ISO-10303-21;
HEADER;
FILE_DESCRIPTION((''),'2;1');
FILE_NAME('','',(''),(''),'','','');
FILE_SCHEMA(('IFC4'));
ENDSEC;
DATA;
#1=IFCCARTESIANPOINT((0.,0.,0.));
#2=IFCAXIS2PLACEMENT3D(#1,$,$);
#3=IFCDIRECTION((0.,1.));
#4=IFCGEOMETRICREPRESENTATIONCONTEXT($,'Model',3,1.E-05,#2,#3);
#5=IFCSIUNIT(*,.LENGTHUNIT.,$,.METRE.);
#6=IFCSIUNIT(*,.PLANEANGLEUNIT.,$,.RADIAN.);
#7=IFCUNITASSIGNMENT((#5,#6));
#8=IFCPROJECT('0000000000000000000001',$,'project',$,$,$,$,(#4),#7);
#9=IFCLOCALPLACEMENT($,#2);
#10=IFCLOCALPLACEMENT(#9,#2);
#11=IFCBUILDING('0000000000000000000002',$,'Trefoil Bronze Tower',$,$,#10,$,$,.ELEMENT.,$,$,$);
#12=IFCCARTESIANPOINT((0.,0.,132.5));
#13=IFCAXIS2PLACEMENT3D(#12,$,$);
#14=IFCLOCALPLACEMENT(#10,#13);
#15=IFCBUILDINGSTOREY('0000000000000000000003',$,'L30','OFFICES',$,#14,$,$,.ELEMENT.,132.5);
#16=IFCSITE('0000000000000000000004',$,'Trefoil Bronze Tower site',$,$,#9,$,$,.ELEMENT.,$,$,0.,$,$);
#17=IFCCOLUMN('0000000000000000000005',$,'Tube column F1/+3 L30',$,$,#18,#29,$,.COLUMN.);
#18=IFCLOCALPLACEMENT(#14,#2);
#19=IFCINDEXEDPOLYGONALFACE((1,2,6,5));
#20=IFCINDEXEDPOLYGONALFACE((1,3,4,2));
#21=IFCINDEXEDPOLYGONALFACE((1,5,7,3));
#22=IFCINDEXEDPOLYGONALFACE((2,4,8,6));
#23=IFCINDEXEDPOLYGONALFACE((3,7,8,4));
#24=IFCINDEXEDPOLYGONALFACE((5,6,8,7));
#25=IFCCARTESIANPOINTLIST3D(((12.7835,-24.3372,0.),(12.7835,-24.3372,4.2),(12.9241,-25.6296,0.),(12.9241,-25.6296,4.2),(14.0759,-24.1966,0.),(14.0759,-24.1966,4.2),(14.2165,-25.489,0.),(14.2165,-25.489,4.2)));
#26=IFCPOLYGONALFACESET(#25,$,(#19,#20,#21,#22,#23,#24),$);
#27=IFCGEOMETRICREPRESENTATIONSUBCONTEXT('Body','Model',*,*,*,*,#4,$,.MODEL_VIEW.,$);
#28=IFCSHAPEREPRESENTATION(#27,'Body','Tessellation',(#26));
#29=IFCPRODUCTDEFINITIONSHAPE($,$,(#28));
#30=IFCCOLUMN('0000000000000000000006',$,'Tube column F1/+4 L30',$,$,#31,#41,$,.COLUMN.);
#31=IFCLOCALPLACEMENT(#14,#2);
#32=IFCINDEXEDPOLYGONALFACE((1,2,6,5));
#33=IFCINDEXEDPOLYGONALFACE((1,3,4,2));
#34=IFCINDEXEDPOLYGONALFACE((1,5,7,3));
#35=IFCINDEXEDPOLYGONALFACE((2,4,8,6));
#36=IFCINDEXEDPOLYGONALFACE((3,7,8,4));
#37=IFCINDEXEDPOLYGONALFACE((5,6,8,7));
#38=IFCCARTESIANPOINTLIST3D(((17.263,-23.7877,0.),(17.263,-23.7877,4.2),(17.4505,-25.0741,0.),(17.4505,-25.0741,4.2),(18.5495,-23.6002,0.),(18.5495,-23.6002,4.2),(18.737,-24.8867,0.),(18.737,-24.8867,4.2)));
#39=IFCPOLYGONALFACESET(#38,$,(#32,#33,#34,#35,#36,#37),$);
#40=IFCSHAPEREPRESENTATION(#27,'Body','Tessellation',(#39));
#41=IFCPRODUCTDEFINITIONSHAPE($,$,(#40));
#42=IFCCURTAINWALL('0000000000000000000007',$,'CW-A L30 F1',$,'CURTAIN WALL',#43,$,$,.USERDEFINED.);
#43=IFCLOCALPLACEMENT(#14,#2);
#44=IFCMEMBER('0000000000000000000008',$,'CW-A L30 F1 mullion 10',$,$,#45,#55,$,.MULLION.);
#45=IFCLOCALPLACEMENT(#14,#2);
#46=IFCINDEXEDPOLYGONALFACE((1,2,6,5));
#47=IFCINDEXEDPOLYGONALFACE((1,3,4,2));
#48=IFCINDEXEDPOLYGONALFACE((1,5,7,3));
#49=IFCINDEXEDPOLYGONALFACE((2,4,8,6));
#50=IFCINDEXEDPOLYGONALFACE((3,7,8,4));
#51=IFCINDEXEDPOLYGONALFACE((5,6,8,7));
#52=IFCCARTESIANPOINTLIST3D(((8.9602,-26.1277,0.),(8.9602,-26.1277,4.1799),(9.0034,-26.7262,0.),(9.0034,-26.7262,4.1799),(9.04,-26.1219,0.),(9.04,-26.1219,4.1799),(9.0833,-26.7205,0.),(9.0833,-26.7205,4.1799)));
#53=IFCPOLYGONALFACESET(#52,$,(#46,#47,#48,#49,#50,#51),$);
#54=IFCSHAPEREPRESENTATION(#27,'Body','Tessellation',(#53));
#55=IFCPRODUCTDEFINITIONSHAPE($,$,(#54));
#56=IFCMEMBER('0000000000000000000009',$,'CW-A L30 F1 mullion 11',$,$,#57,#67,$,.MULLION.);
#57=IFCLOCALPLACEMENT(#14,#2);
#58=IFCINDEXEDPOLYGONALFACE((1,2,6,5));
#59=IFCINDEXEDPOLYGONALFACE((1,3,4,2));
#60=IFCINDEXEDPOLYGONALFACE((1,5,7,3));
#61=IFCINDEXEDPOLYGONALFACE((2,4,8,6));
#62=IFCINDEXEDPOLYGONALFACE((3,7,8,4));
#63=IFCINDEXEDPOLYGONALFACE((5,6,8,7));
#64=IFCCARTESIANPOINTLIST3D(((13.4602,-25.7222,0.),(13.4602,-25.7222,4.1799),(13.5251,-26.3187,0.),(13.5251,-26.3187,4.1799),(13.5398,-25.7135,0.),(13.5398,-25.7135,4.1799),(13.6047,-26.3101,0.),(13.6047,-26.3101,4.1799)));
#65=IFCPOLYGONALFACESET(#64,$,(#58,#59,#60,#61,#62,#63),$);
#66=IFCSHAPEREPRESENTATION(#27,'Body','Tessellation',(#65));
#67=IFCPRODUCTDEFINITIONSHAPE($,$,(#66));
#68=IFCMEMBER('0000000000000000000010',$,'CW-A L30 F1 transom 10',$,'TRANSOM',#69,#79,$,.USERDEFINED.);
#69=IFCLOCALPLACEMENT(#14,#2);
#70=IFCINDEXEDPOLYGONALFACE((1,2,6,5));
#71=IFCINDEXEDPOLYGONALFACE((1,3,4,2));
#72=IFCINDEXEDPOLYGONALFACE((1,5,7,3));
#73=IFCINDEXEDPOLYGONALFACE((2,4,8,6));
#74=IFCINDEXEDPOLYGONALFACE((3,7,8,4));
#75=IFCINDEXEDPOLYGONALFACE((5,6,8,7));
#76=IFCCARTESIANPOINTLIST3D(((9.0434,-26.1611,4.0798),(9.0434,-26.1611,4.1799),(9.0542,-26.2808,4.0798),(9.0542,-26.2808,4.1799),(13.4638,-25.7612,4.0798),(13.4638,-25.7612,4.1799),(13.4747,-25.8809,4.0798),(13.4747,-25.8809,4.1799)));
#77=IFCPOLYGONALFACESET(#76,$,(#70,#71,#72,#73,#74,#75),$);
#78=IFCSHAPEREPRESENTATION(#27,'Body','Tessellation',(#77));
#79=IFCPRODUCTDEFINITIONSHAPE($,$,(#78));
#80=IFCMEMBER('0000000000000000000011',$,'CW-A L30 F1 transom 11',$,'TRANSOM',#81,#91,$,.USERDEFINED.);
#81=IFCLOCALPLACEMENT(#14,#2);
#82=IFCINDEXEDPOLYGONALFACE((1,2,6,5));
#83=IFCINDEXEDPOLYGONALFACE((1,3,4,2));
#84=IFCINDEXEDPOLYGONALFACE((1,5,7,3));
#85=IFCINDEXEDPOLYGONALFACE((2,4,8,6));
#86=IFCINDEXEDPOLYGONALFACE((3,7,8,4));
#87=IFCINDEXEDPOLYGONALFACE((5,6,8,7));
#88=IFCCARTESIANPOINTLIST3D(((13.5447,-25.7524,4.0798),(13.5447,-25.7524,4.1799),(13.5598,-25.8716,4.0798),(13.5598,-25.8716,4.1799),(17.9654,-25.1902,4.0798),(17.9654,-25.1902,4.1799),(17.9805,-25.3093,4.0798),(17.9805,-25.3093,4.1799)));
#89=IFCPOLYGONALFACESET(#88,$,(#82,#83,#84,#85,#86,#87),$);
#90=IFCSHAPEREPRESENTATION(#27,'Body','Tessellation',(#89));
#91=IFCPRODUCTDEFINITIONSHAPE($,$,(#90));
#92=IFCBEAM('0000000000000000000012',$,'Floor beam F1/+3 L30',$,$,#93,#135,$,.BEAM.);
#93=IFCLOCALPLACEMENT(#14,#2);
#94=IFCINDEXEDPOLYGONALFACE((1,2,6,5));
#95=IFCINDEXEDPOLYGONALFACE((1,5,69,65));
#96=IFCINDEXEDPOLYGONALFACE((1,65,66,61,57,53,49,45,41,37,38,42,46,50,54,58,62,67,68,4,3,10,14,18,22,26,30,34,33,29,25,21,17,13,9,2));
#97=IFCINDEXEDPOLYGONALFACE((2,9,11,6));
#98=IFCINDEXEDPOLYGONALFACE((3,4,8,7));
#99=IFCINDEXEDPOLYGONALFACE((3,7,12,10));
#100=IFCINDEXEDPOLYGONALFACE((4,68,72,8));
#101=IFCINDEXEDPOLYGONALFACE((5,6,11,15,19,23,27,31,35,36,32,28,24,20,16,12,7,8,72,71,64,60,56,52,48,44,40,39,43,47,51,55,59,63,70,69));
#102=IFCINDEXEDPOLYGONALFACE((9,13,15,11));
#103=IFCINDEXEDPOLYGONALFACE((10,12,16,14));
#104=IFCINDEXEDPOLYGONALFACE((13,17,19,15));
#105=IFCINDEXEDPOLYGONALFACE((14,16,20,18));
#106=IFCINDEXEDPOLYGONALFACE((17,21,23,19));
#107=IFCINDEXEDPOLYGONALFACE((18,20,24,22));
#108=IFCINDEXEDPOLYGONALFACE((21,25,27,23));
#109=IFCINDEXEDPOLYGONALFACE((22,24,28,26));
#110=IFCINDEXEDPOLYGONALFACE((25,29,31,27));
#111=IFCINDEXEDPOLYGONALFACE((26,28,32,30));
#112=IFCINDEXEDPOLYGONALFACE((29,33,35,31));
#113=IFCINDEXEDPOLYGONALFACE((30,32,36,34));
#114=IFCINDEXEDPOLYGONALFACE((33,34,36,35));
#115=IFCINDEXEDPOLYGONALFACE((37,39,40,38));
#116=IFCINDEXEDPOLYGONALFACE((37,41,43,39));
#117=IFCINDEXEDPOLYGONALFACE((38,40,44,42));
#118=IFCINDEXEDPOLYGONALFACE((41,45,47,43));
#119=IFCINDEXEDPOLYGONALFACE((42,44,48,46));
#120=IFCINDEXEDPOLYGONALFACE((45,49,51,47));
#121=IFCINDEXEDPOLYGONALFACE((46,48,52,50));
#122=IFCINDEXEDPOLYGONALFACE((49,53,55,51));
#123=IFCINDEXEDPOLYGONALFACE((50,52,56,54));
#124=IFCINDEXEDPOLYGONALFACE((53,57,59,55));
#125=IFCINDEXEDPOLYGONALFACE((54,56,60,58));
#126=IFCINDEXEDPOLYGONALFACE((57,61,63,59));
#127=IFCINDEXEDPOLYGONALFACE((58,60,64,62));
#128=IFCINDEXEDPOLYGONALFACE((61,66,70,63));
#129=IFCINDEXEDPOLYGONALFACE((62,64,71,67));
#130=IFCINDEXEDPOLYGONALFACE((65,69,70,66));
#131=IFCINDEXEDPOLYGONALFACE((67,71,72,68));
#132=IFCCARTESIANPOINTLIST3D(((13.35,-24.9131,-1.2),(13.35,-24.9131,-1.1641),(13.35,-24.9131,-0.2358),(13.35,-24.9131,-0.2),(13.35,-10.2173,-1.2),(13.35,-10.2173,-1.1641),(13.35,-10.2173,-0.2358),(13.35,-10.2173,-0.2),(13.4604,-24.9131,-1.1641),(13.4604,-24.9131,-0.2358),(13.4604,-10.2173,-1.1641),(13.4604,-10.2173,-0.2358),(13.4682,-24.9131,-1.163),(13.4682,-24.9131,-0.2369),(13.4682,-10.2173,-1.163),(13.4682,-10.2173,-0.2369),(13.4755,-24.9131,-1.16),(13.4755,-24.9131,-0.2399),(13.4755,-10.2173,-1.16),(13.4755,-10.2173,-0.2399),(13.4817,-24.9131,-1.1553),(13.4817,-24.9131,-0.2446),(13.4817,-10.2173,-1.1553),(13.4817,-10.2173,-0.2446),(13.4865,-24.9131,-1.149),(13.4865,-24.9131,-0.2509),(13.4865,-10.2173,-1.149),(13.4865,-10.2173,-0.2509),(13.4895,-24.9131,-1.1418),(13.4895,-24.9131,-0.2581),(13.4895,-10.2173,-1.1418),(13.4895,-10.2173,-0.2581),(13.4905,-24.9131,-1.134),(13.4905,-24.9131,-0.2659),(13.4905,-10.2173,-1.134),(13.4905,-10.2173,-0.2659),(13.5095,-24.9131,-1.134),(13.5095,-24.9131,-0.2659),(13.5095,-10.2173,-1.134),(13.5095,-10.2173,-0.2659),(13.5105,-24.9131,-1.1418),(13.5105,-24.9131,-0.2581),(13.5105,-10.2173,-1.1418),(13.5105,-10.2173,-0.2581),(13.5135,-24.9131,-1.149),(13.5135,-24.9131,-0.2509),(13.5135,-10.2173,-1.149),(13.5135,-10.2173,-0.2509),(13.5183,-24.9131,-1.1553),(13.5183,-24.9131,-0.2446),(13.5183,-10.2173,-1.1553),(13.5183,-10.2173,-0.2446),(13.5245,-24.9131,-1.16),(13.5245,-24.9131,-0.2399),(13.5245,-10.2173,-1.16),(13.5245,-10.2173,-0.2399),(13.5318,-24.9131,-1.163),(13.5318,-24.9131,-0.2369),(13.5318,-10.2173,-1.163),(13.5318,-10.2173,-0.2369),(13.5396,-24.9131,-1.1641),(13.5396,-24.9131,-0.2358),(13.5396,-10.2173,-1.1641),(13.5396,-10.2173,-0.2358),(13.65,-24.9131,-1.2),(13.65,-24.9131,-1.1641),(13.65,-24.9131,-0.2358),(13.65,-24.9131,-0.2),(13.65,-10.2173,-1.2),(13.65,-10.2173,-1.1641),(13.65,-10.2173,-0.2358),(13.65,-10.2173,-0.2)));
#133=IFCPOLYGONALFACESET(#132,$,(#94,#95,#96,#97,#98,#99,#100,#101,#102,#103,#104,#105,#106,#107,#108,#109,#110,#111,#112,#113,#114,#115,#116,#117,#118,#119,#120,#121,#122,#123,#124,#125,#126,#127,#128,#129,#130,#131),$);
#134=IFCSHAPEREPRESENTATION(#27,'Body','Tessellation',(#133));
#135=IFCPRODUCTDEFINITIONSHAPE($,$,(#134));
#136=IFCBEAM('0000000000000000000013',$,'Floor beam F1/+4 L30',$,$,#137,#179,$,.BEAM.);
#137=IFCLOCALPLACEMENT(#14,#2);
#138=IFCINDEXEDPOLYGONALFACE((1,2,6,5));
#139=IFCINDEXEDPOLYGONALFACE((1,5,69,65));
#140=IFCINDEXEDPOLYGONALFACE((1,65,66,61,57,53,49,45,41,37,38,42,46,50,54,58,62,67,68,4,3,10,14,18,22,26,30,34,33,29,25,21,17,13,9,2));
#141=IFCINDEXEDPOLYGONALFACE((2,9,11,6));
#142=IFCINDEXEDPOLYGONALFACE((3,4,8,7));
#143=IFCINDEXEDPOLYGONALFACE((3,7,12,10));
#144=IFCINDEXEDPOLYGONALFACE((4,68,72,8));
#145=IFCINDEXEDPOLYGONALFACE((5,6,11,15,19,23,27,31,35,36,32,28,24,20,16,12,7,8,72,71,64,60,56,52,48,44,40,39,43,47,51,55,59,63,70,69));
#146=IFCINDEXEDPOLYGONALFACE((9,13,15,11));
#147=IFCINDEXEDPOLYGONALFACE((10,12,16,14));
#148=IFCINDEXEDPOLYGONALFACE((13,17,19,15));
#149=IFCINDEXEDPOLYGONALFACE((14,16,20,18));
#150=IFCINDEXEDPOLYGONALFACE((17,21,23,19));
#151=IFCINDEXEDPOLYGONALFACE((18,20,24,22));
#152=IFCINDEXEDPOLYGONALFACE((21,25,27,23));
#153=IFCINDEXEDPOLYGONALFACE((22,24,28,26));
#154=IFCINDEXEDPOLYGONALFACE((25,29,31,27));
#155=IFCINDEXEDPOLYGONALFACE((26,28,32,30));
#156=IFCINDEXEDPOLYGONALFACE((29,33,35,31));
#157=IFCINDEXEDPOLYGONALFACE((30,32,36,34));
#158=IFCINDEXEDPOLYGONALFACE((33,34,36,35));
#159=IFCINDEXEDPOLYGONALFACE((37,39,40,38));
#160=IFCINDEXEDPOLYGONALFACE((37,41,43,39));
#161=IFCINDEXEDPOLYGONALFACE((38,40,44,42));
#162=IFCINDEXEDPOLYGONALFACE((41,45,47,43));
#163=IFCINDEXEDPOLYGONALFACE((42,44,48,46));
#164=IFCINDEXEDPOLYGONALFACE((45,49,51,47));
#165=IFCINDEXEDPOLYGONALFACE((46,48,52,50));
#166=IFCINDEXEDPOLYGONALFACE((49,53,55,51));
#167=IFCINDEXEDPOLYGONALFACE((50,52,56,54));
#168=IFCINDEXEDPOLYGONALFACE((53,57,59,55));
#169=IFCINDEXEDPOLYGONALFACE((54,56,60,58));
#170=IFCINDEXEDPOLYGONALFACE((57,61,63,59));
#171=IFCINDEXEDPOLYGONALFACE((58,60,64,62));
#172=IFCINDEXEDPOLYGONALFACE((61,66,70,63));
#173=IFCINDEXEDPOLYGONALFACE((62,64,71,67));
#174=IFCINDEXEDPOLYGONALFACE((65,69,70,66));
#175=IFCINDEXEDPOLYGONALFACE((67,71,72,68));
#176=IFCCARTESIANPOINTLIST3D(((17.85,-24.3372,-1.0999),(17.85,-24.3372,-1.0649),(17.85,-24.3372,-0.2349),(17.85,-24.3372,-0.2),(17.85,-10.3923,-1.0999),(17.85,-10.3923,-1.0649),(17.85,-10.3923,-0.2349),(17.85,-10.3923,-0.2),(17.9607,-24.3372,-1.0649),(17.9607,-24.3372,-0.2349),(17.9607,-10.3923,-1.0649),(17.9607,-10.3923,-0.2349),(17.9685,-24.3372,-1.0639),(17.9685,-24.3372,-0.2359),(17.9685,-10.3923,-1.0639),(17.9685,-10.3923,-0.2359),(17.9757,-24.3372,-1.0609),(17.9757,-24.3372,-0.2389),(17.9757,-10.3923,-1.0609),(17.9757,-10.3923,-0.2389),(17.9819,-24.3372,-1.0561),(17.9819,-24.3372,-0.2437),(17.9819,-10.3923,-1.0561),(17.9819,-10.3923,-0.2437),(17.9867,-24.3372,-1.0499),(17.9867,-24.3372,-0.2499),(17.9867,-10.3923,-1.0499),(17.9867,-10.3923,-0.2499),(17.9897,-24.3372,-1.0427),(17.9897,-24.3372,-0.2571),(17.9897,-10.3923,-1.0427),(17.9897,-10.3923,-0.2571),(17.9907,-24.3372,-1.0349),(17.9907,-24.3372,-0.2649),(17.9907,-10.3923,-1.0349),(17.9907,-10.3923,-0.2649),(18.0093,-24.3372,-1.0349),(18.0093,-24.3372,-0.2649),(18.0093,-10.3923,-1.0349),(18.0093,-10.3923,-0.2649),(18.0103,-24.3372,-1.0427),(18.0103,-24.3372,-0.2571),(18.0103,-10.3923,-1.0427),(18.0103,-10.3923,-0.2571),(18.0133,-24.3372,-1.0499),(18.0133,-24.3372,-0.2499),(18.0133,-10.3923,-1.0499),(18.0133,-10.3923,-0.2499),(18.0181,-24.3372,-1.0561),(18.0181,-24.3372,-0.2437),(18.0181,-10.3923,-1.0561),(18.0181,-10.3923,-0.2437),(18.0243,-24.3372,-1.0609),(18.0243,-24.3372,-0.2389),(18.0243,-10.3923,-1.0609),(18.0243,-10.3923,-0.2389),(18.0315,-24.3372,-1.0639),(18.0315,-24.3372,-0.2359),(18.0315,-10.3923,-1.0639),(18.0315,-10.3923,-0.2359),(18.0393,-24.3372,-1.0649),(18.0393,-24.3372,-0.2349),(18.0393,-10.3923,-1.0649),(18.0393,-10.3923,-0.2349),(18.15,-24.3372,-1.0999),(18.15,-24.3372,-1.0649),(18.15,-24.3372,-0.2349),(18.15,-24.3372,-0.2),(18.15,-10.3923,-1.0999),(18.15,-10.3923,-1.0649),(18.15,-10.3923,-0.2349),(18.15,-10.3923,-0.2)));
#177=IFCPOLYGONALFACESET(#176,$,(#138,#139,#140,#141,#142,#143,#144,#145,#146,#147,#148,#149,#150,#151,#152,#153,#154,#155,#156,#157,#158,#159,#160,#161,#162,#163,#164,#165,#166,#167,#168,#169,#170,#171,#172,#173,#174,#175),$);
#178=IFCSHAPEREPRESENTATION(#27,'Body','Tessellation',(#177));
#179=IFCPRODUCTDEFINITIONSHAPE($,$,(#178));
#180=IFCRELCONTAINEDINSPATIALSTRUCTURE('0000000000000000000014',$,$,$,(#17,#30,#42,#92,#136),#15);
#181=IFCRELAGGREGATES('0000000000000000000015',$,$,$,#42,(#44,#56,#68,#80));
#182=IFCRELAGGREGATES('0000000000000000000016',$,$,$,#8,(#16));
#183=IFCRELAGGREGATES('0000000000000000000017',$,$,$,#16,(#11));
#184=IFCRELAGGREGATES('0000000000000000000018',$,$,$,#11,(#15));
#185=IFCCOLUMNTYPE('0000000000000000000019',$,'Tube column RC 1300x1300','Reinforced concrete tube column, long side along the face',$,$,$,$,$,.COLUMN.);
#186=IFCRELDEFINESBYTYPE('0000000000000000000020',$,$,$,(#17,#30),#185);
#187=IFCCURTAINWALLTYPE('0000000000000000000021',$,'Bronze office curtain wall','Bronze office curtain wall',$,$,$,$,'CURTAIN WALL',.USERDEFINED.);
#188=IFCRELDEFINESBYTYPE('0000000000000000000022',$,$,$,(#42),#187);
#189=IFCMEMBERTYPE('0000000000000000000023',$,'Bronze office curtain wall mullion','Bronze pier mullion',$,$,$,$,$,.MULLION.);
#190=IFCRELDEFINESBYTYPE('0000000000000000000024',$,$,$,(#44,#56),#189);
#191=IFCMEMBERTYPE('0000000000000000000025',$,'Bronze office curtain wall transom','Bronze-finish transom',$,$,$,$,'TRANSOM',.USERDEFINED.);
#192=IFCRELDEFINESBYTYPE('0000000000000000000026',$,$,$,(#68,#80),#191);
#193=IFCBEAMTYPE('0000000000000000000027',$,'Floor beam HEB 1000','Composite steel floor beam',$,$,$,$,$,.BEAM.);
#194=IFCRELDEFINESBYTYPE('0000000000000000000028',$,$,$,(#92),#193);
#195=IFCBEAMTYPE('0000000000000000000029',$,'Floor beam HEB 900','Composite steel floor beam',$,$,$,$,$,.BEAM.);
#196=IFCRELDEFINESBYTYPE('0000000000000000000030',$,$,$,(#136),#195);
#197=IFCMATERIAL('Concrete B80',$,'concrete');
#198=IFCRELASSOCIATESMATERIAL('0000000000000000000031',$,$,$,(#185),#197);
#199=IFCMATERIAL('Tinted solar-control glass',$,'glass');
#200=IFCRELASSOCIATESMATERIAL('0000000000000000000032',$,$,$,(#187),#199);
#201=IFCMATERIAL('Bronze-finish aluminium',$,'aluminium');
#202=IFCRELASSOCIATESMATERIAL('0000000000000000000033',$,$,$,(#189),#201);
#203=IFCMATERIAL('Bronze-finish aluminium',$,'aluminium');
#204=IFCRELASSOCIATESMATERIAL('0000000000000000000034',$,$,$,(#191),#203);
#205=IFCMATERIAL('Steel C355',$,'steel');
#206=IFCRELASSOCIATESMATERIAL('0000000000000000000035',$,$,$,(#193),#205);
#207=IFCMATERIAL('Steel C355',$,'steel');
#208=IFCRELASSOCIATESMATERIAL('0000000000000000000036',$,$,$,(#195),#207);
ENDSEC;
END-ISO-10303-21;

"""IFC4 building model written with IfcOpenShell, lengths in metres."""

from ifc_helpers import new_model, si_unit, direction, frame, origin, origin_2d, place, context, subcontext, project, spatial, rectangle, i_section, extrude, material, material_profile, profile_set, type_object, element, aggregate, save


model = new_model("IFC4")

# Units and contexts
model_context = context("Model", 3, precision=1e-05, world=origin(), true_north=direction((0.0, 1.0)))
body_context = subcontext(model_context, "Body", "Model", "MODEL_VIEW")
ifc_project = project(units=[si_unit("LENGTHUNIT", "METRE"), si_unit("PLANEANGLEUNIT", "RADIAN")], contexts=[model_context])

# Site, building, storey
site_placement = place(None, origin())
site = spatial("IfcSite", under=ifc_project, at=site_placement, Name="Trefoil Bronze Tower site", CompositionType="ELEMENT", RefElevation=0.0)
building_placement = place(site_placement, origin())
building = spatial("IfcBuilding", under=site, at=building_placement, Name="Trefoil Bronze Tower", CompositionType="ELEMENT")
storey_placement = place(building_placement, frame((0.0, 0.0, 132.5)))
storey = spatial("IfcBuildingStorey", under=building, at=storey_placement, Name="L30", Description="OFFICES", CompositionType="ELEMENT", Elevation=132.5)

# Columns
ifc_material_1 = material(Name="Concrete B80", Category="concrete")
ifc_material_profile_1 = material_profile(ifc_material_1, rectangle(XDim=1.3, YDim=1.3, at=origin_2d()), Name="RC 1300x1300")
ifc_profile_set_1 = profile_set([ifc_material_profile_1], Name="Concrete B80")
column_type = type_object("IfcColumnType", Name="Tube column RC 1300x1300", Description="Reinforced concrete tube column, long side along the face", PredefinedType="COLUMN", material=ifc_profile_set_1)
for number, where, z_axis, x_axis, name in (
    (1, (13.5, -24.9131, 0.0), (0.0, 0.0, 1.0), (0.994135, 0.108144, 0.0), "Tube column F1/+3 L30"),
    (2, (18.0, -24.3372, 0.0), (0.0, 0.0, 1.0), (0.98955, 0.144192, 0.0), "Tube column F1/+4 L30"),
):
    element("IfcColumn", number, at=place(storey_placement, frame(where, z_axis=z_axis, x_axis=x_axis)), inside=storey, type_object=column_type, Name=name, PredefinedType="COLUMN", context=body_context, shape_type="SweptSolid", body=[
        extrude(rectangle(XDim=1.3, YDim=1.3, at=origin_2d()), origin(), (0.0, 0.0, 1.0), 4.2),
    ])

# Curtain wall, members
ifc_material_2 = material(Name="Tinted solar-control glass", Category="glass")
curtain_wall_type = type_object("IfcCurtainWallType", Name="Bronze office curtain wall", Description="Bronze office curtain wall", ElementType="CURTAIN WALL", PredefinedType="USERDEFINED", material=ifc_material_2)
curtain_wall_placement = place(storey_placement, origin())
curtain_wall = element("IfcCurtainWall", 3, at=curtain_wall_placement, inside=storey, type_object=curtain_wall_type, Name="CW-A L30 F1", ObjectType="CURTAIN WALL", PredefinedType="USERDEFINED")
ifc_material_3 = material(Name="Bronze-finish aluminium", Category="aluminium")
ifc_material_profile_2 = material_profile(ifc_material_3, rectangle(XDim=0.6001, YDim=0.0801, at=origin_2d()), Name="CW-A mullion")
ifc_profile_set_2 = profile_set([ifc_material_profile_2], Name="Bronze-finish aluminium")
member_type_1 = type_object("IfcMemberType", Name="Bronze office curtain wall mullion", Description="Bronze pier mullion", PredefinedType="MULLION", material=ifc_profile_set_2)
member_1_placement = place(storey_placement, frame((9.0217, -26.4241, 0.0), z_axis=(0.0, 0.0, 1.0), x_axis=(-0.072096, 0.997398, 0.0)))
member_1 = element("IfcMember", 4, at=member_1_placement, type_object=member_type_1, Name="CW-A L30 F1 mullion 10", PredefinedType="MULLION", context=body_context, shape_type="SweptSolid", body=[
    extrude(rectangle(XDim=0.6001, YDim=0.0801, at=origin_2d()), origin(), (0.0, 0.0, 1.0), 4.1799),
])
member_2_placement = place(storey_placement, frame((13.5325, -26.0161, 0.0), z_axis=(0.0, 0.0, 1.0), x_axis=(-0.108144, 0.994135, 0.0)))
member_2 = element("IfcMember", 5, at=member_2_placement, type_object=member_type_1, Name="CW-A L30 F1 mullion 11", PredefinedType="MULLION", context=body_context, shape_type="SweptSolid", body=[
    extrude(rectangle(XDim=0.6001, YDim=0.0801, at=origin_2d()), origin(), (0.0, 0.0, 1.0), 4.1799),
])
ifc_material_4 = material(Name="Bronze-finish aluminium", Category="aluminium")
ifc_material_profile_3 = material_profile(ifc_material_4, rectangle(XDim=0.1201, YDim=0.1001, at=origin_2d()), Name="CW-A transom")
ifc_profile_set_3 = profile_set([ifc_material_profile_3], Name="Bronze-finish aluminium")
member_type_2 = type_object("IfcMemberType", Name="Bronze office curtain wall transom", Description="Bronze-finish transom", ElementType="TRANSOM", PredefinedType="USERDEFINED", material=ifc_profile_set_3)
member_3_placement = place(storey_placement, frame((9.0488, -26.2209, 4.1299), z_axis=(0.995933, 0.090099, 0.0), x_axis=(-0.090099, 0.995933, 0.0)))
member_3 = element("IfcMember", 6, at=member_3_placement, type_object=member_type_2, Name="CW-A L30 F1 transom 10", ObjectType="TRANSOM", PredefinedType="USERDEFINED", context=body_context, shape_type="SweptSolid", body=[
    extrude(rectangle(XDim=0.1201, YDim=0.1001, at=origin_2d()), origin(), (0.0, 0.0, 1.0), 4.4385),
])
member_4_placement = place(storey_placement, frame((13.5522, -25.812, 4.1299), z_axis=(0.992008, 0.126172, 0.0), x_axis=(-0.126172, 0.992008, 0.0)))
member_4 = element("IfcMember", 7, at=member_4_placement, type_object=member_type_2, Name="CW-A L30 F1 transom 11", ObjectType="TRANSOM", PredefinedType="USERDEFINED", context=body_context, shape_type="SweptSolid", body=[
    extrude(rectangle(XDim=0.1201, YDim=0.1001, at=origin_2d()), origin(), (0.0, 0.0, 1.0), 4.4563),
])

# Beams
ifc_material_5 = material(Name="Steel C355", Category="steel")
ifc_material_profile_4 = material_profile(ifc_material_5, i_section(OverallWidth=0.3, OverallDepth=1.0, WebThickness=0.019, FlangeThickness=0.0359, FilletRadius=0.03, at=origin_2d()), Name="HEB 1000")
ifc_profile_set_4 = profile_set([ifc_material_profile_4], Name="Steel C355")
beam_type_1 = type_object("IfcBeamType", Name="Floor beam HEB 1000", Description="Composite steel floor beam", PredefinedType="BEAM", material=ifc_profile_set_4)
beam_1_placement = place(storey_placement, frame((13.5, -24.9131, -0.7), z_axis=(0.0, 1.0, 0.0), x_axis=(-1.0, 0.0, 0.0)))
element("IfcBeam", 8, at=beam_1_placement, inside=storey, type_object=beam_type_1, Name="Floor beam F1/+3 L30", PredefinedType="BEAM", context=body_context, shape_type="SweptSolid", body=[
    extrude(i_section(OverallWidth=0.3, OverallDepth=1.0, WebThickness=0.019, FlangeThickness=0.0359, FilletRadius=0.03, at=origin_2d()), origin(), (0.0, 0.0, 1.0), 14.6958),
])
ifc_material_6 = material(Name="Steel C355", Category="steel")
ifc_material_profile_5 = material_profile(ifc_material_6, i_section(OverallWidth=0.3, OverallDepth=0.8999, WebThickness=0.0186, FlangeThickness=0.0349, FilletRadius=0.03, at=origin_2d()), Name="HEB 900")
ifc_profile_set_5 = profile_set([ifc_material_profile_5], Name="Steel C355")
beam_type_2 = type_object("IfcBeamType", Name="Floor beam HEB 900", Description="Composite steel floor beam", PredefinedType="BEAM", material=ifc_profile_set_5)
beam_2_placement = place(storey_placement, frame((18.0, -24.3372, -0.6499), z_axis=(0.0, 1.0, 0.0), x_axis=(-1.0, 0.0, 0.0)))
element("IfcBeam", 9, at=beam_2_placement, inside=storey, type_object=beam_type_2, Name="Floor beam F1/+4 L30", PredefinedType="BEAM", context=body_context, shape_type="SweptSolid", body=[
    extrude(i_section(OverallWidth=0.3, OverallDepth=0.8999, WebThickness=0.0186, FlangeThickness=0.0349, FilletRadius=0.03, at=origin_2d()), origin(), (0.0, 0.0, 1.0), 13.9448),
])

aggregate(curtain_wall, [member_1, member_2, member_3, member_4])

save(model, "model.ifc")
